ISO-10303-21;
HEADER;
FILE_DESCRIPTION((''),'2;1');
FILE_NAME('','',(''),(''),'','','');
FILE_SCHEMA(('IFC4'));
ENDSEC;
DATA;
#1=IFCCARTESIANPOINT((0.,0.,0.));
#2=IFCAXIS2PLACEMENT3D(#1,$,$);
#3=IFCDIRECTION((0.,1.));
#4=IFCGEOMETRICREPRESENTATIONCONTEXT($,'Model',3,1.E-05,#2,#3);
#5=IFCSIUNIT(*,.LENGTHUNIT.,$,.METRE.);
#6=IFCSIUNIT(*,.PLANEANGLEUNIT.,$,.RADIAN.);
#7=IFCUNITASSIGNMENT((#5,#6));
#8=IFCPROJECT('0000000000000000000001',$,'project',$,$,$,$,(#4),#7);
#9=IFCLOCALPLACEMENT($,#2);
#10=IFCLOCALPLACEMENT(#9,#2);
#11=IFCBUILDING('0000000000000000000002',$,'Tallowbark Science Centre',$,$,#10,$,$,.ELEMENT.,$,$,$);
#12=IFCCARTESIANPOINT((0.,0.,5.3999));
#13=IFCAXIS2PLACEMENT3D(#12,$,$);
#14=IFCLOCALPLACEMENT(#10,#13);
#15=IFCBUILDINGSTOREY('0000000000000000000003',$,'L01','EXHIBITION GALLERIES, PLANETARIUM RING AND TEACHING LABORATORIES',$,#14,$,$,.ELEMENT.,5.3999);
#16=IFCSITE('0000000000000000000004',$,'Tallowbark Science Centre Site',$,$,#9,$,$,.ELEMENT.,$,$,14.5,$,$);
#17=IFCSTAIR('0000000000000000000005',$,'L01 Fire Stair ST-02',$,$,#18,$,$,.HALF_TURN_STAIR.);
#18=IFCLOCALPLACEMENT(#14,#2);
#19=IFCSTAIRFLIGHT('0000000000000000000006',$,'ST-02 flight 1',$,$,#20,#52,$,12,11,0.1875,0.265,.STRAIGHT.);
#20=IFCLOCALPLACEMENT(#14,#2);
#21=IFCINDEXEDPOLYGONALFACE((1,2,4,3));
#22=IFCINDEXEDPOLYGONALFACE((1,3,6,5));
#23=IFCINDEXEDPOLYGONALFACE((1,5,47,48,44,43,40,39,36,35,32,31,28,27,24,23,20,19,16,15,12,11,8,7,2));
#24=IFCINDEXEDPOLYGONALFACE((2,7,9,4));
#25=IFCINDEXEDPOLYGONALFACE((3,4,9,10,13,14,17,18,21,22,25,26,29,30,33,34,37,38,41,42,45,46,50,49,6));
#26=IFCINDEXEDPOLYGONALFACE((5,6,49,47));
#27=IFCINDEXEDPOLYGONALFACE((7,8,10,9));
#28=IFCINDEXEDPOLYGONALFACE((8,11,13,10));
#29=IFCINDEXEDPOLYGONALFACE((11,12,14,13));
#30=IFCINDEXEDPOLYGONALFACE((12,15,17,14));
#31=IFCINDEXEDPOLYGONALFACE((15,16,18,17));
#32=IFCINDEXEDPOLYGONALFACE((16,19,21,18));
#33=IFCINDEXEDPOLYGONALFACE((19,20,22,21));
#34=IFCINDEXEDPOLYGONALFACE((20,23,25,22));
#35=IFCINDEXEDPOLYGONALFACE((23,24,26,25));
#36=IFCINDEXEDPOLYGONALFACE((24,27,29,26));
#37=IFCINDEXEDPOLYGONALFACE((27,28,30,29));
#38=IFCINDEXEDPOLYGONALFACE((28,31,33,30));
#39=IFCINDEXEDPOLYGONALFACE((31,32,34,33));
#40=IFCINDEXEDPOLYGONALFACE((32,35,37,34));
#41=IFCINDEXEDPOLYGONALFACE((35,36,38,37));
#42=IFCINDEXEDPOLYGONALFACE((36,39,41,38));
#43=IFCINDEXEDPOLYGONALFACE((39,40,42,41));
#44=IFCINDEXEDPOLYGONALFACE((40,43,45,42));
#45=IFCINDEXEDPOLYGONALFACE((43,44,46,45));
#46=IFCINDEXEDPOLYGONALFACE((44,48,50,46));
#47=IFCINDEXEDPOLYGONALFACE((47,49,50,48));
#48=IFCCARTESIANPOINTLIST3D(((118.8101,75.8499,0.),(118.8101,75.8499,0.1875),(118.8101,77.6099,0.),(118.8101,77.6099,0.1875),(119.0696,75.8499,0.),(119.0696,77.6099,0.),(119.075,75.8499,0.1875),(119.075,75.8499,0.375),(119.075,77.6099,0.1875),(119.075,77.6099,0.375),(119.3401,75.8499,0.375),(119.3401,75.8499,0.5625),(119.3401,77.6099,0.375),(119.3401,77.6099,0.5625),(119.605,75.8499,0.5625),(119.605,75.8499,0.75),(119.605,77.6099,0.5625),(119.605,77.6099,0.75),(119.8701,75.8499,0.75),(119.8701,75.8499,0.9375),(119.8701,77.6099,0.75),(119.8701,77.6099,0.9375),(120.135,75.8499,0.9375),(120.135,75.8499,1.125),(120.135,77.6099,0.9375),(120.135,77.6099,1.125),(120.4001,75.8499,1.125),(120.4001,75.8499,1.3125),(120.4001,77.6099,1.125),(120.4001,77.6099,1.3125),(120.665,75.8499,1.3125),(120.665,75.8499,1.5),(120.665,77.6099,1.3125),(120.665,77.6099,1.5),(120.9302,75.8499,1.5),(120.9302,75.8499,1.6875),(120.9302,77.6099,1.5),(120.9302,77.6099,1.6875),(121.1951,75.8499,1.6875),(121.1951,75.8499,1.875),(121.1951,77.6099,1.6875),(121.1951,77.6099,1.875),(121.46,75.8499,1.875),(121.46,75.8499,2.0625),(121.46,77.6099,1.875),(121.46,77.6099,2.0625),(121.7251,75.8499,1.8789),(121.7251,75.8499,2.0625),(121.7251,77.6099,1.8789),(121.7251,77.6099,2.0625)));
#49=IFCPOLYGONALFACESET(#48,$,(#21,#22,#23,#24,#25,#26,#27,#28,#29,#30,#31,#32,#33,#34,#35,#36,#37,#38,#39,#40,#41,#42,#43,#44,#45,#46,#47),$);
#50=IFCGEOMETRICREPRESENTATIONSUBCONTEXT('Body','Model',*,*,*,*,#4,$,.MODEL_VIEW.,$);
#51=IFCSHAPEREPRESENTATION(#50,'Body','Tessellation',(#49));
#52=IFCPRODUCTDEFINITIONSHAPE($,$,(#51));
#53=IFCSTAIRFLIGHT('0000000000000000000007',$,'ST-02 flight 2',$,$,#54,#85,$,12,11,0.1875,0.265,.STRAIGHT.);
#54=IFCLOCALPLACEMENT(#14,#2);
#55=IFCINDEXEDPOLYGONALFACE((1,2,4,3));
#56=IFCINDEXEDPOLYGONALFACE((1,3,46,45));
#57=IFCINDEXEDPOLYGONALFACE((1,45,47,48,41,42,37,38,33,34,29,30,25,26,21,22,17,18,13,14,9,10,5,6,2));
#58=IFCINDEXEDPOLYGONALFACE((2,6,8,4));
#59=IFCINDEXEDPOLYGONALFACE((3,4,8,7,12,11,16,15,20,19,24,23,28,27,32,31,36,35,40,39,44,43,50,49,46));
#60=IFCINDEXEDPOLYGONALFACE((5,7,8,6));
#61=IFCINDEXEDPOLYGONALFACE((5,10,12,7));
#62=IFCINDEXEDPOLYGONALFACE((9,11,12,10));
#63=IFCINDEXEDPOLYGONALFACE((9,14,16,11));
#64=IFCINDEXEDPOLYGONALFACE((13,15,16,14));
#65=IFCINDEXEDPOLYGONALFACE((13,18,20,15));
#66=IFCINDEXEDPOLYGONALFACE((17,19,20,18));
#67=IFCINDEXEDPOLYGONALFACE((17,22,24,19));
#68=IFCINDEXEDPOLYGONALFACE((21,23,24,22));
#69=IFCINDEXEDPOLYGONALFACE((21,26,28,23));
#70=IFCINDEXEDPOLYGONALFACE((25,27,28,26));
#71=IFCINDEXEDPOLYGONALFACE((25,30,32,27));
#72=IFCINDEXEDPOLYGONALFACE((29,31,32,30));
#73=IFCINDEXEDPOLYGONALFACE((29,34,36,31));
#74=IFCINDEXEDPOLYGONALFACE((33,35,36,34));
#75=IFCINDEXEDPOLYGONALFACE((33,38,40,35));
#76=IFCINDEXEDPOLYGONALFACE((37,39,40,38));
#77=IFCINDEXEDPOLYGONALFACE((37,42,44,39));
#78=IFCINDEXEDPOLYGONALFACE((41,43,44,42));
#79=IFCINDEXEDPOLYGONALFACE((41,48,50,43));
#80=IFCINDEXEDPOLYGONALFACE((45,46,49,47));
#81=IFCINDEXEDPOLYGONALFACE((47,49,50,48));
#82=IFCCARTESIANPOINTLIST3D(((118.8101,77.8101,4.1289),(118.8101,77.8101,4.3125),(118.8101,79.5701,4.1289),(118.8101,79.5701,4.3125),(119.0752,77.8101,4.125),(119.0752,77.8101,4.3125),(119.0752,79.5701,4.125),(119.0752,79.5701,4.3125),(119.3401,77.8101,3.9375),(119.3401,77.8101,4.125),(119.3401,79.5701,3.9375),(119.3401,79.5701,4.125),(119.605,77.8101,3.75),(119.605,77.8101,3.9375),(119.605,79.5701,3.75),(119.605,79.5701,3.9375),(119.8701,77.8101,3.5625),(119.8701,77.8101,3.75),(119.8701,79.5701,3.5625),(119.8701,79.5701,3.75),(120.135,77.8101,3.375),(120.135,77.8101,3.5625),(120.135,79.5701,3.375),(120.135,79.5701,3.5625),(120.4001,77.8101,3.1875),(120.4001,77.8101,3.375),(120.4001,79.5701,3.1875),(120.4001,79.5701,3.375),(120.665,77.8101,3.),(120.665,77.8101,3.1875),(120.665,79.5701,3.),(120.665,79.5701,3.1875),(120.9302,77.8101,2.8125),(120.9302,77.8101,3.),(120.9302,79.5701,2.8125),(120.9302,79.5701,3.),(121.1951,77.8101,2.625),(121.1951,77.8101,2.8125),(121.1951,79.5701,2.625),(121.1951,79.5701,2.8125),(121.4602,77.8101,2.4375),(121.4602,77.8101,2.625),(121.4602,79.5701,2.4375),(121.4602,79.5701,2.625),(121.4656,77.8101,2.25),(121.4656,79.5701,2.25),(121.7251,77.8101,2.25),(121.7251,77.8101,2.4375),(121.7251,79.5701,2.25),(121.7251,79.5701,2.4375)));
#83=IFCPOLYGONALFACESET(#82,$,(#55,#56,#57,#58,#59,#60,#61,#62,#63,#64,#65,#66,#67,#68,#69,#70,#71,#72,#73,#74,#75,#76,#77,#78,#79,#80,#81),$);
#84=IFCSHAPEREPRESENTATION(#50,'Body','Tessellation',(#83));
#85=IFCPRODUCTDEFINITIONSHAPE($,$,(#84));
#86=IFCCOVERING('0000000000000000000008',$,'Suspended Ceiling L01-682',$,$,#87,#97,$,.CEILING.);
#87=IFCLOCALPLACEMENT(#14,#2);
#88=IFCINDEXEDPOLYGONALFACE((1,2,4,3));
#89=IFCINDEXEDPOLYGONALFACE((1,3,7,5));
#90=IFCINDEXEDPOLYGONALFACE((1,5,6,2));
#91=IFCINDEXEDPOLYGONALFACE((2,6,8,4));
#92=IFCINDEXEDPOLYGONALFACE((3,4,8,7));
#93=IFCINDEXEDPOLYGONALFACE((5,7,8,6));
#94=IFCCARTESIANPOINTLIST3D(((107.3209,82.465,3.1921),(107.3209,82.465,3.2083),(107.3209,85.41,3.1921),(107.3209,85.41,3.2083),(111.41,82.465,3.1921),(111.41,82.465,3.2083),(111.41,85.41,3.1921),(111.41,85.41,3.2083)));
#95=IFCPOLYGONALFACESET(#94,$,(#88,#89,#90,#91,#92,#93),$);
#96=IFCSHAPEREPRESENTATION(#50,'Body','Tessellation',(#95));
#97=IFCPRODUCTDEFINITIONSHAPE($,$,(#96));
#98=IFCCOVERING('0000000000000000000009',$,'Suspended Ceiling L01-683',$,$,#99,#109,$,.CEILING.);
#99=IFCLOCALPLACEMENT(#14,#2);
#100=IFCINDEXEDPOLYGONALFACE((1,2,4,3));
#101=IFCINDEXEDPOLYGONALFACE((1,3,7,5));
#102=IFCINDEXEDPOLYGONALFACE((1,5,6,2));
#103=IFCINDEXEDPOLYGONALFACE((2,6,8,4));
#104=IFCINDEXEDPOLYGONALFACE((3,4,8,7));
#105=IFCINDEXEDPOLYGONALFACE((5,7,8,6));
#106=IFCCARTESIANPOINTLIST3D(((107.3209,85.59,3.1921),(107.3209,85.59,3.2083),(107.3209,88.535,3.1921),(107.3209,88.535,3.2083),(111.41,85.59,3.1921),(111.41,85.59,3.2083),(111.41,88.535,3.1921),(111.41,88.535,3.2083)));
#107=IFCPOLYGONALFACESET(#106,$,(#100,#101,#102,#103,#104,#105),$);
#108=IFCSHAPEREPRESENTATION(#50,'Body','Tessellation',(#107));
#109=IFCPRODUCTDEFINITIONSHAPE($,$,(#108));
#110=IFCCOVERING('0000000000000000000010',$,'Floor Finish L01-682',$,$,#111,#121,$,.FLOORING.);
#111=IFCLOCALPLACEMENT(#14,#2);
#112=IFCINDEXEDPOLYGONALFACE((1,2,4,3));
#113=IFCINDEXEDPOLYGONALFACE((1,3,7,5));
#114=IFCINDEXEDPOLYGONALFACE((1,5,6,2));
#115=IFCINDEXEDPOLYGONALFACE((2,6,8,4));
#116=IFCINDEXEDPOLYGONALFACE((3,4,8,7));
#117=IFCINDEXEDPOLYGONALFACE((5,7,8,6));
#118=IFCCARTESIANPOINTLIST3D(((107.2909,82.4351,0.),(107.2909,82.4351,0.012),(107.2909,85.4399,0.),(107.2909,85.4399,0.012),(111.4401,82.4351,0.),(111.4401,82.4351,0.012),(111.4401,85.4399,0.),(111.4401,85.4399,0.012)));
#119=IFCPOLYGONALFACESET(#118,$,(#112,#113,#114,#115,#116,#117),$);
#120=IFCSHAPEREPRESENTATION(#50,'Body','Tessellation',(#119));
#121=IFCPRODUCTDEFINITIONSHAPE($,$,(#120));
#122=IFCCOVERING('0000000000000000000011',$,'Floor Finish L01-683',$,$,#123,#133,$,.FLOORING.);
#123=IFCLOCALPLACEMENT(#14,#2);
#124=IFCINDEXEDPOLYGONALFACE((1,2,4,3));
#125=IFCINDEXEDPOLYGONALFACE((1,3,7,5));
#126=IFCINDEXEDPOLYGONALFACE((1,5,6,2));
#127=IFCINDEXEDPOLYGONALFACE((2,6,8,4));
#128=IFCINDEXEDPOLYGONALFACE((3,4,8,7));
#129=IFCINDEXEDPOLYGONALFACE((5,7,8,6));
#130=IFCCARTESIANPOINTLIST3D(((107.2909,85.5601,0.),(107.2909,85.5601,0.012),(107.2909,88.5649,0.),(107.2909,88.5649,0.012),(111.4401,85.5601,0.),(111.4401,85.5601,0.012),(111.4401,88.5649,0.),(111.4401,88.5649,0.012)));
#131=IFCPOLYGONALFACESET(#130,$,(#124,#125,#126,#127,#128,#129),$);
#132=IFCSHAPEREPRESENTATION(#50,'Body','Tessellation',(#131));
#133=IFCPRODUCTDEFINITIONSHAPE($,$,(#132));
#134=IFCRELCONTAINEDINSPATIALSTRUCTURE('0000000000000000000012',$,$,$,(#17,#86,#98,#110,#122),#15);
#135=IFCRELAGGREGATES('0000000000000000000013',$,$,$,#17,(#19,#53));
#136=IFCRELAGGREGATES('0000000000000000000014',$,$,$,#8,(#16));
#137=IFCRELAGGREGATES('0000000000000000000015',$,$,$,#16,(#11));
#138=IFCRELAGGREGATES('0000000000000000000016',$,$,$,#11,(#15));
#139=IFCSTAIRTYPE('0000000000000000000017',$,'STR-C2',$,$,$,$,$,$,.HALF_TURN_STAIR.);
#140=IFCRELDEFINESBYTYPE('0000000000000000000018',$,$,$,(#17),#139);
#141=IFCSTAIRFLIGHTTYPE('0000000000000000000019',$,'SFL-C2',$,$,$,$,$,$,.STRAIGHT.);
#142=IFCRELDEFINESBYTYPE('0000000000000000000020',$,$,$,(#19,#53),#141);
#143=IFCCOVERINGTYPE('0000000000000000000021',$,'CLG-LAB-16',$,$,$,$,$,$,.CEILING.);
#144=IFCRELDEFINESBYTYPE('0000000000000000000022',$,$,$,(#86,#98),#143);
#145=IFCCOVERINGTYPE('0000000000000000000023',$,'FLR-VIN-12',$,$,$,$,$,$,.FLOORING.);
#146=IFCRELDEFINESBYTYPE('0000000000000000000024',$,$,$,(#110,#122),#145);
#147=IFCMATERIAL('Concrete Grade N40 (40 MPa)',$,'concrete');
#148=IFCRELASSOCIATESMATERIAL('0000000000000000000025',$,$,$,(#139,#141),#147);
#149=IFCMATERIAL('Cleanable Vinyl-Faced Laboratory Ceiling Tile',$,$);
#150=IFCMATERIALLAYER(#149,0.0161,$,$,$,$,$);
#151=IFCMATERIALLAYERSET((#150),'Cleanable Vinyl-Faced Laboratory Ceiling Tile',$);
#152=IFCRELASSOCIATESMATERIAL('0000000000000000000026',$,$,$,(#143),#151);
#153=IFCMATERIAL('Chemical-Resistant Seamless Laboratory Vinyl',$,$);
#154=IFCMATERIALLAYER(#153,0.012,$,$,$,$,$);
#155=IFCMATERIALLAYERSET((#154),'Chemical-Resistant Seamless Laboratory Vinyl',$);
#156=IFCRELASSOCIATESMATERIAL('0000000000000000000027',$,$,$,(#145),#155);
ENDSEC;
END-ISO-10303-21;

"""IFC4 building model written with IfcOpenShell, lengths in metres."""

from ifc_helpers import new_model, si_unit, direction, frame, origin, origin_2d, place, context, subcontext, project, spatial, polyline, rectangle, outline, extrude, material, layer, layer_set, type_object, element, aggregate, save


model = new_model("IFC4")

# Units and contexts
model_context = context("Model", 3, precision=1e-05, world=origin(), true_north=direction((0.0, 1.0)))
body_context = subcontext(model_context, "Body", "Model", "MODEL_VIEW")
ifc_project = project(units=[si_unit("LENGTHUNIT", "METRE"), si_unit("PLANEANGLEUNIT", "RADIAN")], contexts=[model_context])

# Site, building, storey
site_placement = place(None, origin())
site = spatial("IfcSite", under=ifc_project, at=site_placement, Name="Tallowbark Science Centre Site", CompositionType="ELEMENT", RefElevation=14.5)
building_placement = place(site_placement, origin())
building = spatial("IfcBuilding", under=site, at=building_placement, Name="Tallowbark Science Centre", CompositionType="ELEMENT")
storey_placement = place(building_placement, frame((0.0, 0.0, 5.3999)))
storey = spatial("IfcBuildingStorey", under=building, at=storey_placement, Name="L01", Description="EXHIBITION GALLERIES, PLANETARIUM RING AND TEACHING LABORATORIES", CompositionType="ELEMENT", Elevation=5.3999)

# Shared definitions
ifc_material_1 = material(Name="Concrete Grade N40 (40 MPa)", Category="concrete")

# Stair, stair flights
stair_type = type_object("IfcStairType", Name="STR-C2", PredefinedType="HALF_TURN_STAIR", material=ifc_material_1)
stair_placement = place(storey_placement, origin())
stair = element("IfcStair", 1, at=stair_placement, inside=storey, type_object=stair_type, Name="L01 Fire Stair ST-02", PredefinedType="HALF_TURN_STAIR")
stair_flight_type = type_object("IfcStairFlightType", Name="SFL-C2", PredefinedType="STRAIGHT", material=ifc_material_1)
stair_flight_1_placement = place(storey_placement, frame((118.8101, 76.73, 0.0), z_axis=(0.0, 0.0, 1.0), x_axis=(1.0, 0.0, 0.0)))
stair_flight_1 = element("IfcStairFlight", 2, at=stair_flight_1_placement, type_object=stair_flight_type, Name="ST-02 flight 1", NumberOfRisers=12, NumberOfTreads=11, PredefinedType="STRAIGHT", RiserHeight=0.1875, TreadLength=0.265, context=body_context, shape_type="SweptSolid", body=[
    extrude(outline(polyline([(0.0, 0.0), (0.0, 0.1875), (0.2649, 0.1875), (0.2649, 0.375), (0.53, 0.375), (0.53, 0.5625), (0.7949, 0.5625), (0.7949, 0.75), (1.0601, 0.75), (1.0601, 0.9375), (1.325, 0.9375), (1.325, 1.125), (1.5901, 1.125), (1.5901, 1.3125), (1.855, 1.3125), (1.855, 1.5), (2.1201, 1.5), (2.1201, 1.6875), (2.385, 1.6875), (2.385, 1.875), (2.6499, 1.875), (2.6499, 2.0625), (2.915, 2.0625), (2.915, 2.25), (2.915, 1.8789), (0.2595, 0.0), (0.0, 0.0)])), frame((0.0, 0.8799, 0.0), z_axis=(0.0, -1.0, 0.0), x_axis=(1.0, 0.0, 0.0)), (0.0, 0.0, 1.0), 1.76),
])
stair_flight_2_placement = place(storey_placement, frame((121.7251, 78.6899, 2.25), z_axis=(0.0, 0.0, 1.0), x_axis=(-1.0, 0.0, 0.0)))
stair_flight_2 = element("IfcStairFlight", 3, at=stair_flight_2_placement, type_object=stair_flight_type, Name="ST-02 flight 2", NumberOfRisers=12, NumberOfTreads=11, PredefinedType="STRAIGHT", RiserHeight=0.1875, TreadLength=0.265, context=body_context, shape_type="SweptSolid", body=[
    extrude(outline(polyline([(0.0, 0.0), (0.0, 0.1875), (0.2649, 0.1875), (0.2649, 0.375), (0.53, 0.375), (0.53, 0.5625), (0.7949, 0.5625), (0.7949, 0.75), (1.0601, 0.75), (1.0601, 0.9375), (1.325, 0.9375), (1.325, 1.125), (1.5901, 1.125), (1.5901, 1.3125), (1.855, 1.3125), (1.855, 1.5), (2.1201, 1.5), (2.1201, 1.6875), (2.385, 1.6875), (2.385, 1.875), (2.6499, 1.875), (2.6499, 2.0625), (2.915, 2.0625), (2.915, 2.25), (2.915, 1.8789), (0.2595, 0.0), (0.0, 0.0)])), frame((0.0, 0.8799, 0.0), z_axis=(0.0, -1.0, 0.0), x_axis=(1.0, 0.0, 0.0)), (0.0, 0.0, 1.0), 1.76),
])
aggregate(stair, [stair_flight_1, stair_flight_2])

# Coverings
ifc_material_2 = material(Name="Cleanable Vinyl-Faced Laboratory Ceiling Tile")
ifc_layer_1 = layer(ifc_material_2, 0.0161)
ifc_layer_set_1 = layer_set([ifc_layer_1], Name="Cleanable Vinyl-Faced Laboratory Ceiling Tile")
covering_type_1 = type_object("IfcCoveringType", Name="CLG-LAB-16", PredefinedType="CEILING", material=ifc_layer_set_1)
for number, where, z_axis, x_axis, name in (
    (4, (109.3655, 83.9375, 3.1921), (0.0, 0.0, 1.0), (1.0, 0.0, 0.0), "Suspended Ceiling L01-682"),
    (5, (109.3655, 87.0625, 3.1921), (0.0, 0.0, 1.0), (1.0, 0.0, 0.0), "Suspended Ceiling L01-683"),
):
    element("IfcCovering", number, at=place(storey_placement, frame(where, z_axis=z_axis, x_axis=x_axis)), inside=storey, type_object=covering_type_1, Name=name, PredefinedType="CEILING", context=body_context, shape_type="SweptSolid", body=[
        extrude(rectangle(XDim=4.0891, YDim=2.9451, at=origin_2d()), origin(), (0.0, 0.0, 1.0), 0.0161),
    ])
ifc_material_3 = material(Name="Chemical-Resistant Seamless Laboratory Vinyl")
ifc_layer_2 = layer(ifc_material_3, 0.012)
ifc_layer_set_2 = layer_set([ifc_layer_2], Name="Chemical-Resistant Seamless Laboratory Vinyl")
covering_type_2 = type_object("IfcCoveringType", Name="FLR-VIN-12", PredefinedType="FLOORING", material=ifc_layer_set_2)
for number, where, z_axis, x_axis, name in (
    (6, (109.3655, 83.9375, 0.0), (0.0, 0.0, 1.0), (1.0, 0.0, 0.0), "Floor Finish L01-682"),
    (7, (109.3655, 87.0625, 0.0), (0.0, 0.0, 1.0), (1.0, 0.0, 0.0), "Floor Finish L01-683"),
):
    element("IfcCovering", number, at=place(storey_placement, frame(where, z_axis=z_axis, x_axis=x_axis)), inside=storey, type_object=covering_type_2, Name=name, PredefinedType="FLOORING", context=body_context, shape_type="SweptSolid", body=[
        extrude(rectangle(XDim=4.1492, YDim=3.0049, at=origin_2d()), origin(), (0.0, 0.0, 1.0), 0.012),
    ])

save(model, "model.ifc")
